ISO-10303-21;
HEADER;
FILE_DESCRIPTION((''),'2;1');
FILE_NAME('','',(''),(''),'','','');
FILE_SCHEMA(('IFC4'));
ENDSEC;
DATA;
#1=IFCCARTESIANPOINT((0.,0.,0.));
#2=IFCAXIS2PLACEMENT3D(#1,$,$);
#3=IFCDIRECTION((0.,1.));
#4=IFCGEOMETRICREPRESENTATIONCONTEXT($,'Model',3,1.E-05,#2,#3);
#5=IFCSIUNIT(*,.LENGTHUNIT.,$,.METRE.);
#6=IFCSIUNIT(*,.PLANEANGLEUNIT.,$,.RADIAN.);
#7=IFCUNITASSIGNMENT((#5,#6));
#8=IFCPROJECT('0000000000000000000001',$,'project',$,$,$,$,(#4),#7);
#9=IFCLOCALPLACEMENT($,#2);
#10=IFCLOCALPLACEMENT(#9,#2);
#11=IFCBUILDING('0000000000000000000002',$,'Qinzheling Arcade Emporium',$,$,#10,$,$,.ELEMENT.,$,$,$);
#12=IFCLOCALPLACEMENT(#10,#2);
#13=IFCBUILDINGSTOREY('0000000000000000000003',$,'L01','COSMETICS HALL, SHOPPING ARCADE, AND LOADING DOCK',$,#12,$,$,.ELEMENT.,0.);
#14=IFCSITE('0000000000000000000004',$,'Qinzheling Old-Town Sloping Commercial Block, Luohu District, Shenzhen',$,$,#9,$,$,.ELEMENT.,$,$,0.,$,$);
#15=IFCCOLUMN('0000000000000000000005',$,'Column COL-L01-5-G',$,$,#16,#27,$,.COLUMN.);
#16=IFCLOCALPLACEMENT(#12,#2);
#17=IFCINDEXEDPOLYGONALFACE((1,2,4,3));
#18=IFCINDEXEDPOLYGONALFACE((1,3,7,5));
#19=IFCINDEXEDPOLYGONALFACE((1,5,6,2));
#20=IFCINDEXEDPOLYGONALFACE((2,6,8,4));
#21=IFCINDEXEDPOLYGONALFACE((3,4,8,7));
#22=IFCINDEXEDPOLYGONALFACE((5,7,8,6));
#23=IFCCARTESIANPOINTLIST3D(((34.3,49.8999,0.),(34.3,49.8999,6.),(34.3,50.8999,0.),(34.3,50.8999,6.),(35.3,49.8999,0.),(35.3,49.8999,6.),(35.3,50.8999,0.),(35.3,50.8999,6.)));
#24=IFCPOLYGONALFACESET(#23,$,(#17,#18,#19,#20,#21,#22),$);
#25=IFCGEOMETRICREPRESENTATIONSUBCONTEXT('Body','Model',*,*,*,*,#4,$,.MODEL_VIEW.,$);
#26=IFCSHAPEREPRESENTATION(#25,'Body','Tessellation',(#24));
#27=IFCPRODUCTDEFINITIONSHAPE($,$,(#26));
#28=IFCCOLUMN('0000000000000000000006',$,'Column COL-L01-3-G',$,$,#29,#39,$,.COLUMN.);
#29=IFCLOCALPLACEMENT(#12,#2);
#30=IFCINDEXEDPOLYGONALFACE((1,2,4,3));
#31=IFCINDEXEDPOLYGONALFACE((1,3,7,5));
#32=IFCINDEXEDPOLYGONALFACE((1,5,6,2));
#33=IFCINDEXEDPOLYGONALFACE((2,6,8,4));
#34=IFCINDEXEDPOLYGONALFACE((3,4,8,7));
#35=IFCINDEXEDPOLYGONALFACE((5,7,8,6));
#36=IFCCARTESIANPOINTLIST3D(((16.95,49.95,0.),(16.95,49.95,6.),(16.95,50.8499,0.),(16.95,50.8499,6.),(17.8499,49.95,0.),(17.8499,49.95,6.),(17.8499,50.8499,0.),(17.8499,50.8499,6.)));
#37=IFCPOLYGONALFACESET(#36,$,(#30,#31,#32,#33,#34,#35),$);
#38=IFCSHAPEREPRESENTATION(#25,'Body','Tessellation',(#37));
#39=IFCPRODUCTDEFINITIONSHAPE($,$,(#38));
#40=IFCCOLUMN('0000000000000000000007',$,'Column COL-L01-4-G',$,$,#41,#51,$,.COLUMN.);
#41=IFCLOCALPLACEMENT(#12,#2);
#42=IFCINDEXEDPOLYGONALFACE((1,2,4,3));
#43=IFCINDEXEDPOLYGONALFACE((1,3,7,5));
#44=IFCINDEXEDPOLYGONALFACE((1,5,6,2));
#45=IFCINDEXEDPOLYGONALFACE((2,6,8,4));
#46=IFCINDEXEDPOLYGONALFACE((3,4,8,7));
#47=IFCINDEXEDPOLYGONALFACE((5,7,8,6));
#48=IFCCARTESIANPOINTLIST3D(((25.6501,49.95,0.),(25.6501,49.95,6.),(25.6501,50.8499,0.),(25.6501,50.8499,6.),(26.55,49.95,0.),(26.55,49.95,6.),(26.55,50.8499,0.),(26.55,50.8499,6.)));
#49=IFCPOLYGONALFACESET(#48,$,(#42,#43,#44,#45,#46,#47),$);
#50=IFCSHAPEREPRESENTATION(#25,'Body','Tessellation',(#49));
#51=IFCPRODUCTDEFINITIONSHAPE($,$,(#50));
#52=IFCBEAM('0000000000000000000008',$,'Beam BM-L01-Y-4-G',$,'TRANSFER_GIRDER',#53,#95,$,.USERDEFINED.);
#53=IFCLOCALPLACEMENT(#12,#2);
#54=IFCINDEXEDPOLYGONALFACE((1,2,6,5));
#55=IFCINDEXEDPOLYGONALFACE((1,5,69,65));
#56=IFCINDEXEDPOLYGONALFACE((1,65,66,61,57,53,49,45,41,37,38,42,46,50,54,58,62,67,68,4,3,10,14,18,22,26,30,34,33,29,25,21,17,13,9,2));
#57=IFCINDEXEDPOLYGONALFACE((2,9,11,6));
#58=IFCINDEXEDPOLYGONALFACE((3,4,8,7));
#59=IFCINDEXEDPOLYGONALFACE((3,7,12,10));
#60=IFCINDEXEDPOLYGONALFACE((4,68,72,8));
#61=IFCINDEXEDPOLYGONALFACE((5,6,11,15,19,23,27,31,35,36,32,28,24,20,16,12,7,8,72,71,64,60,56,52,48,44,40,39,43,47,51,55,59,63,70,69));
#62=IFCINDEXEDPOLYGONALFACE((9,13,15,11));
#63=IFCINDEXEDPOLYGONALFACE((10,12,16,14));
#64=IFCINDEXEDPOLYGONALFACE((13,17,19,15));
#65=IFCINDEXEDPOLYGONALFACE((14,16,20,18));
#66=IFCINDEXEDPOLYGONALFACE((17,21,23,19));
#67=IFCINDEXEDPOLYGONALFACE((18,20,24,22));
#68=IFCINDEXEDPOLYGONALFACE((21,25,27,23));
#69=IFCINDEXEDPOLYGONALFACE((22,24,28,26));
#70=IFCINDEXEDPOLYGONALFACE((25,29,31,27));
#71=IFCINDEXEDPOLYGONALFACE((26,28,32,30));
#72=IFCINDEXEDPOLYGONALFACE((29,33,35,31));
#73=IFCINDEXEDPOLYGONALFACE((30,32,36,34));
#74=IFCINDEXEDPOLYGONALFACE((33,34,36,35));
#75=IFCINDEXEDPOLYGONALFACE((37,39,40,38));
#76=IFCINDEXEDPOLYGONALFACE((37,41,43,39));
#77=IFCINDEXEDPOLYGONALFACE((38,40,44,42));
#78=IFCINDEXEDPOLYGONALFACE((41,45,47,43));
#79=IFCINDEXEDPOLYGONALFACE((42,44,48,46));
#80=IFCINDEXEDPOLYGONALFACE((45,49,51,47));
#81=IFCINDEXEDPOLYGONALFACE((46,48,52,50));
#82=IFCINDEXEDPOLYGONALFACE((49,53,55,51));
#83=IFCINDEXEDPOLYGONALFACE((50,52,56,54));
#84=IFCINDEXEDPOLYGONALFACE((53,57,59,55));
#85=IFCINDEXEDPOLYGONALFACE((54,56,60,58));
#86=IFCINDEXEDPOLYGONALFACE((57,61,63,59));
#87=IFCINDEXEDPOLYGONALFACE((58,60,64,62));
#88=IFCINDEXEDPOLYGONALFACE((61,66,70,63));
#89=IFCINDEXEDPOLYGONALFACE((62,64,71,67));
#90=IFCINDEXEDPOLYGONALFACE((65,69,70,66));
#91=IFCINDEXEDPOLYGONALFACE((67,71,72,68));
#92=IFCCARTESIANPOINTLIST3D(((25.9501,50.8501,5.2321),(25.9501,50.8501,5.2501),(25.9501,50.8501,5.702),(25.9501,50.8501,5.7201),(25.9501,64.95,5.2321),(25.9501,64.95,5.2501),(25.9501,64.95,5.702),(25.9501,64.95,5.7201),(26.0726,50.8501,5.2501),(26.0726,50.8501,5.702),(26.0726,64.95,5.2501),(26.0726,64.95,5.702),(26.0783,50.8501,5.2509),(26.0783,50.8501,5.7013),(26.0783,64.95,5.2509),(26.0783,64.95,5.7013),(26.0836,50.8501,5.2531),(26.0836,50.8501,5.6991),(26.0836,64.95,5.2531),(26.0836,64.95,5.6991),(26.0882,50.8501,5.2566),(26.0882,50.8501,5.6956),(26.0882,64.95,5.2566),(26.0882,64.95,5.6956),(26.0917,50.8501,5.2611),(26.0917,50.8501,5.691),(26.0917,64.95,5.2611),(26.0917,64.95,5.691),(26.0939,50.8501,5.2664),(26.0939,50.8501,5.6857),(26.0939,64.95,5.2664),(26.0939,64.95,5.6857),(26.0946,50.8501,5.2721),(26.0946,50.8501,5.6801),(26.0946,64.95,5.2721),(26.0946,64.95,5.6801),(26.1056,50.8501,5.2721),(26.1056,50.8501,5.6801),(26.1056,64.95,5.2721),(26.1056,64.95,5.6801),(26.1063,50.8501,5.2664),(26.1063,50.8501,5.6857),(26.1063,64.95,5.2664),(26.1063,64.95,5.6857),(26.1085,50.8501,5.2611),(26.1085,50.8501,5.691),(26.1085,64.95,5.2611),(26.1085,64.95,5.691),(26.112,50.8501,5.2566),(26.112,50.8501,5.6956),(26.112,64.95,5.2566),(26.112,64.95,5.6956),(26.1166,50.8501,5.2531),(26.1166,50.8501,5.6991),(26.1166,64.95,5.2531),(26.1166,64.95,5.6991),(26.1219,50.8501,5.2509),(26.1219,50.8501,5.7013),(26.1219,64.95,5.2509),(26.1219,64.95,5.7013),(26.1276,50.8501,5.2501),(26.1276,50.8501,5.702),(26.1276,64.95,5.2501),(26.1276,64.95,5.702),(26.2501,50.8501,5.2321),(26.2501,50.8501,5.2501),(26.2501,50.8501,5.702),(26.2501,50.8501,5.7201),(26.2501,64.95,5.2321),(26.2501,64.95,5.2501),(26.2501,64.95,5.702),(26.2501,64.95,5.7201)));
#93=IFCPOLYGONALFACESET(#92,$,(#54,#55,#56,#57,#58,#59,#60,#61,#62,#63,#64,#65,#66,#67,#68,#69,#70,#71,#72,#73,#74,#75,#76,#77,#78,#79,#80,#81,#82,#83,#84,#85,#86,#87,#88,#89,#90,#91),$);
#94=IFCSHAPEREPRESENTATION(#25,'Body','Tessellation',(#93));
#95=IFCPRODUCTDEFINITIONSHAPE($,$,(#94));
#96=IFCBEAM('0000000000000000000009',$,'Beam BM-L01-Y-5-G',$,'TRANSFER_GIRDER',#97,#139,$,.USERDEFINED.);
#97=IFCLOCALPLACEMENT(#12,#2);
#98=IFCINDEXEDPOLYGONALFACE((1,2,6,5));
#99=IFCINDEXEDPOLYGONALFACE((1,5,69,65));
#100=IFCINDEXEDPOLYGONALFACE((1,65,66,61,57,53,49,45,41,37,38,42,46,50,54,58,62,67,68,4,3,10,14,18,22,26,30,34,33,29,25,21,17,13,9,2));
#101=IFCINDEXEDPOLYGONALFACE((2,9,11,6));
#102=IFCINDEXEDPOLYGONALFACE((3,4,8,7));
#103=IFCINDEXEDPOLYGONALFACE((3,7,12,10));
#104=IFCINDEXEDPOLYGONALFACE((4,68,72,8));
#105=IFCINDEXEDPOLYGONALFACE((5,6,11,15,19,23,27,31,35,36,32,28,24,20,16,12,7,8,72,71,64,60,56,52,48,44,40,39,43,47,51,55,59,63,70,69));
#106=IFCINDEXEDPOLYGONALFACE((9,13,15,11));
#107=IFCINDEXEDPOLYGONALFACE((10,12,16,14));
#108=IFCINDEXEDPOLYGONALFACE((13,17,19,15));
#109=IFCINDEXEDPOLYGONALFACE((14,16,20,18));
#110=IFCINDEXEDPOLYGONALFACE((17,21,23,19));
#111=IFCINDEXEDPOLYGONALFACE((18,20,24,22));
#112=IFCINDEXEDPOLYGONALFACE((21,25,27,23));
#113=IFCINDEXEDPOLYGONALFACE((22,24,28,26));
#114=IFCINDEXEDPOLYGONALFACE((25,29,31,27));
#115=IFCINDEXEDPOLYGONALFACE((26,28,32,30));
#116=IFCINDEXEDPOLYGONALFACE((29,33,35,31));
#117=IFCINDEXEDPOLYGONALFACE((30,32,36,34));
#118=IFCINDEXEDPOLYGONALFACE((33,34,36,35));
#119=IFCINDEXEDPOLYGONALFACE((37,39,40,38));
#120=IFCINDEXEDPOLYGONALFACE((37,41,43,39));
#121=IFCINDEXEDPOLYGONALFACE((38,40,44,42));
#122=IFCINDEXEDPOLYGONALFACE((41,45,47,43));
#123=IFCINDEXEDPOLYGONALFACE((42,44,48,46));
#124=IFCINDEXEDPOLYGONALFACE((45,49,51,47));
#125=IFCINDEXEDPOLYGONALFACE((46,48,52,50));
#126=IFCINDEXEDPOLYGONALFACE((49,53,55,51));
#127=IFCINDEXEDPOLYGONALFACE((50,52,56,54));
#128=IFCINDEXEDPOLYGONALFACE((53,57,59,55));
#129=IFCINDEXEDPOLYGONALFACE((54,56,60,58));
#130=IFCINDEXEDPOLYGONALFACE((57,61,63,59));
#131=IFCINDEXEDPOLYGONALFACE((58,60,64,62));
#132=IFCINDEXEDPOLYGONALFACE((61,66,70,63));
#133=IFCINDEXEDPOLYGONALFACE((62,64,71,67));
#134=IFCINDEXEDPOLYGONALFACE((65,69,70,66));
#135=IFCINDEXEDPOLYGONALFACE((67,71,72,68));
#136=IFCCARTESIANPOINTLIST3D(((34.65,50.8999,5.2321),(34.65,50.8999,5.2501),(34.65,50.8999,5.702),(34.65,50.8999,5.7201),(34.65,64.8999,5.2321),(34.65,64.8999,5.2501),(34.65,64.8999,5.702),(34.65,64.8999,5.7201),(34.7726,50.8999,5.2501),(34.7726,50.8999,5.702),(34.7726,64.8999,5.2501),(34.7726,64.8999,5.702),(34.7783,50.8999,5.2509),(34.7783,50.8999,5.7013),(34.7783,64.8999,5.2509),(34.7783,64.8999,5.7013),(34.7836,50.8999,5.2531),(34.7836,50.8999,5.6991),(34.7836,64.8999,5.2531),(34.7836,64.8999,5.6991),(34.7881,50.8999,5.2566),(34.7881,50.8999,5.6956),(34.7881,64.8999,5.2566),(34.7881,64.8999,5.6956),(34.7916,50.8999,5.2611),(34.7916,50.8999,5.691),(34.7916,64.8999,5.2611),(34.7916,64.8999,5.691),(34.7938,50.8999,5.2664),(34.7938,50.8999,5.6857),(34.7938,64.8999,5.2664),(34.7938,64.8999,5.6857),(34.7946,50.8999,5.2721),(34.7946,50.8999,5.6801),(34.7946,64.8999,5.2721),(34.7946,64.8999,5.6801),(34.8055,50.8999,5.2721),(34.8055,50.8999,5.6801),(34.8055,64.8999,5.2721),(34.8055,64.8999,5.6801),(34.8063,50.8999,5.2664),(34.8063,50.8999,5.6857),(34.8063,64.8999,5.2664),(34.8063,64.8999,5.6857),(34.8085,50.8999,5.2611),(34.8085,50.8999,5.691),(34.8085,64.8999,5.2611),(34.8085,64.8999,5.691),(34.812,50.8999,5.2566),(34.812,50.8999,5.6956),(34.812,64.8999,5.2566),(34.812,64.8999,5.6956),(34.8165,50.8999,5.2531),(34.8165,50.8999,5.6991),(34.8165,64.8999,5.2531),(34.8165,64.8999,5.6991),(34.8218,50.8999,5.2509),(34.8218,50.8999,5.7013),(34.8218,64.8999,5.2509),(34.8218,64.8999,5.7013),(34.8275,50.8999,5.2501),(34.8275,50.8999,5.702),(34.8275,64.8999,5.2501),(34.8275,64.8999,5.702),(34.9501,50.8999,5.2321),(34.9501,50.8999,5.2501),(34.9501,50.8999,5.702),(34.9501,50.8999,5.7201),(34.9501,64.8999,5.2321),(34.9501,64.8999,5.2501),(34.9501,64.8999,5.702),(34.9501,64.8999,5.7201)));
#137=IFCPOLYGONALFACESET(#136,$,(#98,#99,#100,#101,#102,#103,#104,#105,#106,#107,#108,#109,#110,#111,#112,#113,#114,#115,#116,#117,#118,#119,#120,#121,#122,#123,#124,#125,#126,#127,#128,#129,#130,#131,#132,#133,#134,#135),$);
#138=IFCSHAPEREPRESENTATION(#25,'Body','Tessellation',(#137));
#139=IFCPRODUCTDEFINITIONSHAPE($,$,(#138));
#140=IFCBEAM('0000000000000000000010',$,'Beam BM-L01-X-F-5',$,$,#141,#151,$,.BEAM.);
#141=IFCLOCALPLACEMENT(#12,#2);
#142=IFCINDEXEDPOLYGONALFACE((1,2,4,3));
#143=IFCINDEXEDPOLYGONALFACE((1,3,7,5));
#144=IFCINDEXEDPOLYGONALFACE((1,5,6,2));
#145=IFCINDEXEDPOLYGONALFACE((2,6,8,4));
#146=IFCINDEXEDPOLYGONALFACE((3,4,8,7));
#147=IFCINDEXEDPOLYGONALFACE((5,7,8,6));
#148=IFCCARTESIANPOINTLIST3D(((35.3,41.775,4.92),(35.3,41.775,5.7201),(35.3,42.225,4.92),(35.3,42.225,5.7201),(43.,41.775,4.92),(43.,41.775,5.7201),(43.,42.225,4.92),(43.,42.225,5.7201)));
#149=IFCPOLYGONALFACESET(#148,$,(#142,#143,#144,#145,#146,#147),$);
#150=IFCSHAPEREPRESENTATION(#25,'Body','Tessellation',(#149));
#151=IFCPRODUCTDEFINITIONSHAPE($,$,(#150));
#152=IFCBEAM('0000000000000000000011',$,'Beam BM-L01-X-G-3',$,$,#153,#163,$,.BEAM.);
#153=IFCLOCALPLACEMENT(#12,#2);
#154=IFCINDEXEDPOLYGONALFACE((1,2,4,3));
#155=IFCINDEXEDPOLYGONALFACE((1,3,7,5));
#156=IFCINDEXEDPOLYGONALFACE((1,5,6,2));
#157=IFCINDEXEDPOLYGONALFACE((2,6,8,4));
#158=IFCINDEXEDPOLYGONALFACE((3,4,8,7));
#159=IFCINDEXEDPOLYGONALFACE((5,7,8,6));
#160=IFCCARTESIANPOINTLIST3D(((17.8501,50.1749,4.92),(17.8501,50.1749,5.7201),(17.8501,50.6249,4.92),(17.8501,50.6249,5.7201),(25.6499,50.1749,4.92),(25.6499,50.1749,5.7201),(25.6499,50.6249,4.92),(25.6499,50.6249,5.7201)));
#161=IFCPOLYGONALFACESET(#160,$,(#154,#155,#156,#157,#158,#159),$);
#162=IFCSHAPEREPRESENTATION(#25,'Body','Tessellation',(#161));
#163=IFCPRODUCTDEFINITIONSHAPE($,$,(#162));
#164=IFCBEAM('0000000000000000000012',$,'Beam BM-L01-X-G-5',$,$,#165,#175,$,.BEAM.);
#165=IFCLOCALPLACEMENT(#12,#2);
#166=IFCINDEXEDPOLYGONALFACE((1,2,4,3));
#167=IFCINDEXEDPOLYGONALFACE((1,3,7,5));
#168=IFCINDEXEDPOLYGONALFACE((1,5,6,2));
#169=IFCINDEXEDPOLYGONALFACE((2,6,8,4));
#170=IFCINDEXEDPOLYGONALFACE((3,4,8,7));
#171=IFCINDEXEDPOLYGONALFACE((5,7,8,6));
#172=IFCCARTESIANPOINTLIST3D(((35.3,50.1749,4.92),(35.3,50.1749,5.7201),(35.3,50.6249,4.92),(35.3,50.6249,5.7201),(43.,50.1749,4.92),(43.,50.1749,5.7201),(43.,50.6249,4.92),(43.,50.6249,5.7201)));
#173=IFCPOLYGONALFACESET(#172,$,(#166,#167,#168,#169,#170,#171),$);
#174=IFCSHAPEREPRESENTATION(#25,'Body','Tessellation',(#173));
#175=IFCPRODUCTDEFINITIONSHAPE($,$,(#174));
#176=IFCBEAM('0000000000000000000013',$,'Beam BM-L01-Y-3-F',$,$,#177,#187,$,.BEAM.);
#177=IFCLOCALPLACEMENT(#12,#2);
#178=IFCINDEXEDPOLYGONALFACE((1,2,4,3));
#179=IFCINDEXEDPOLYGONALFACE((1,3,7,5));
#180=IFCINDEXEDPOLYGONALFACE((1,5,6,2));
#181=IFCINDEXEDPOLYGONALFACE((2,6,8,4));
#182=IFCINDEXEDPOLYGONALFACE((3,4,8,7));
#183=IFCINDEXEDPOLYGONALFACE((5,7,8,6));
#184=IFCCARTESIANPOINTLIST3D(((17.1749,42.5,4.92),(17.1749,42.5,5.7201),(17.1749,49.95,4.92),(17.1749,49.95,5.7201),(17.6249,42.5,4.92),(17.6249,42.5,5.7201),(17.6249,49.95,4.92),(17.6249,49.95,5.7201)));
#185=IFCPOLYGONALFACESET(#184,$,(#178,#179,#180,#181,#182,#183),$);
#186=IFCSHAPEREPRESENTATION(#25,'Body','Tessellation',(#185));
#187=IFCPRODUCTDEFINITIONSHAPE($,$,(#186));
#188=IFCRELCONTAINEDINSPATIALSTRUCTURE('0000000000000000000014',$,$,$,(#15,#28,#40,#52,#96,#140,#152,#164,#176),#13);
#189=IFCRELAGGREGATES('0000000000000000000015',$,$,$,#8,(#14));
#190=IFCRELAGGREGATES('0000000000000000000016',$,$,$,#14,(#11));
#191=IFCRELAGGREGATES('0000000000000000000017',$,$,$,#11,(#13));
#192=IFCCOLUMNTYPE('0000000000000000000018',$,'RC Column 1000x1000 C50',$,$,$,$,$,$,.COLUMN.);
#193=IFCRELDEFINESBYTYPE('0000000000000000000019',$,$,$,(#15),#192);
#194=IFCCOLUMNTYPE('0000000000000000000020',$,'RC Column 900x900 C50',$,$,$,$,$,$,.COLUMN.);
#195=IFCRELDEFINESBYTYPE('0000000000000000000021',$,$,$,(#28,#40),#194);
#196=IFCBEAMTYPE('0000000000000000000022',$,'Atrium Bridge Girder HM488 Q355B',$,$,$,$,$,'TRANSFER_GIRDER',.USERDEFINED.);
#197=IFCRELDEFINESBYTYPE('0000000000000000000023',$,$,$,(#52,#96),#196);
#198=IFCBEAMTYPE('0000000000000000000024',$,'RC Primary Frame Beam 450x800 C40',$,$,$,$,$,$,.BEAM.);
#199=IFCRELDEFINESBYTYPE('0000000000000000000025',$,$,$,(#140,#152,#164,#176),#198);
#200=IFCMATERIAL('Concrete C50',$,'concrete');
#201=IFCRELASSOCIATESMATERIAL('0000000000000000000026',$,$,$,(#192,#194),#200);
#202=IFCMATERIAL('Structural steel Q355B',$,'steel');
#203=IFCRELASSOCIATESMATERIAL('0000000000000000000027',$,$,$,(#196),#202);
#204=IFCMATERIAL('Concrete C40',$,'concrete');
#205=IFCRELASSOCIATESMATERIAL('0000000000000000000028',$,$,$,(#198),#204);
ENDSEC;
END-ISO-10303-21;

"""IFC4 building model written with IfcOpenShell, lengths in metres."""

from ifc_helpers import new_model, si_unit, direction, frame, origin, origin_2d, place, context, subcontext, project, spatial, rectangle, i_section, extrude, material, material_profile, profile_set, type_object, element, save


model = new_model("IFC4")

# Units and contexts
model_context = context("Model", 3, precision=1e-05, world=origin(), true_north=direction((0.0, 1.0)))
body_context = subcontext(model_context, "Body", "Model", "MODEL_VIEW")
ifc_project = project(units=[si_unit("LENGTHUNIT", "METRE"), si_unit("PLANEANGLEUNIT", "RADIAN")], contexts=[model_context])

# Site, building, storey
site_placement = place(None, origin())
site = spatial("IfcSite", under=ifc_project, at=site_placement, Name="Qinzheling Old-Town Sloping Commercial Block, Luohu District, Shenzhen", CompositionType="ELEMENT", RefElevation=0.0)
building_placement = place(site_placement, origin())
building = spatial("IfcBuilding", under=site, at=building_placement, Name="Qinzheling Arcade Emporium", CompositionType="ELEMENT")
storey_placement = place(building_placement, origin())
storey = spatial("IfcBuildingStorey", under=building, at=storey_placement, Name="L01", Description="COSMETICS HALL, SHOPPING ARCADE, AND LOADING DOCK", CompositionType="ELEMENT", Elevation=0.0)

# Columns
ifc_material_1 = material(Name="Concrete C50", Category="concrete")
ifc_material_profile_1 = material_profile(ifc_material_1, rectangle(XDim=1.0, YDim=1.0, at=origin_2d()), Name="RC 1000x1000", Category="concrete")
ifc_profile_set_1 = profile_set([ifc_material_profile_1], Name="Concrete C50")
column_type_1 = type_object("IfcColumnType", Name="RC Column 1000x1000 C50", PredefinedType="COLUMN", material=ifc_profile_set_1)
column_placement = place(storey_placement, frame((34.8, 50.3999, 0.0), z_axis=(0.0, 0.0, 1.0), x_axis=(1.0, 0.0, 0.0)))
element("IfcColumn", 1, at=column_placement, inside=storey, type_object=column_type_1, Name="Column COL-L01-5-G", PredefinedType="COLUMN", context=body_context, shape_type="SweptSolid", body=[
    extrude(rectangle(XDim=1.0, YDim=1.0, at=origin_2d()), origin(), (0.0, 0.0, 1.0), 6.0),
])
ifc_material_profile_2 = material_profile(ifc_material_1, rectangle(XDim=0.8999, YDim=0.8999, at=origin_2d()), Name="RC 900x900", Category="concrete")
ifc_profile_set_2 = profile_set([ifc_material_profile_2], Name="Concrete C50")
column_type_2 = type_object("IfcColumnType", Name="RC Column 900x900 C50", PredefinedType="COLUMN", material=ifc_profile_set_2)
for number, where, z_axis, x_axis, name in (
    (2, (17.3999, 50.3999, 0.0), (0.0, 0.0, 1.0), (1.0, 0.0, 0.0), "Column COL-L01-3-G"),
    (3, (26.1001, 50.3999, 0.0), (0.0, 0.0, 1.0), (1.0, 0.0, 0.0), "Column COL-L01-4-G"),
):
    element("IfcColumn", number, at=place(storey_placement, frame(where, z_axis=z_axis, x_axis=x_axis)), inside=storey, type_object=column_type_2, Name=name, PredefinedType="COLUMN", context=body_context, shape_type="SweptSolid", body=[
        extrude(rectangle(XDim=0.8999, YDim=0.8999, at=origin_2d()), origin(), (0.0, 0.0, 1.0), 6.0),
    ])

# Beams
ifc_material_2 = material(Name="Structural steel Q355B", Category="steel")
ifc_material_profile_3 = material_profile(ifc_material_2, i_section(OverallWidth=0.3, OverallDepth=0.488, WebThickness=0.011, FlangeThickness=0.0181, FilletRadius=0.022, at=origin_2d()), Name="HM 488x300x11x18", Category="steel")
ifc_profile_set_3 = profile_set([ifc_material_profile_3], Name="Structural steel Q355B")
beam_type_1 = type_object("IfcBeamType", Name="Atrium Bridge Girder HM488 Q355B", ElementType="TRANSFER_GIRDER", PredefinedType="USERDEFINED", material=ifc_profile_set_3)
beam_1_placement = place(storey_placement, frame((26.1001, 50.8501, 5.4761), z_axis=(0.0, 1.0, 0.0), x_axis=(-1.0, 0.0, 0.0)))
element("IfcBeam", 4, at=beam_1_placement, inside=storey, type_object=beam_type_1, Name="Beam BM-L01-Y-4-G", ObjectType="TRANSFER_GIRDER", PredefinedType="USERDEFINED", context=body_context, shape_type="SweptSolid", body=[
    extrude(i_section(OverallWidth=0.3, OverallDepth=0.488, WebThickness=0.011, FlangeThickness=0.0181, FilletRadius=0.022, at=origin_2d()), origin(), (0.0, 0.0, 1.0), 14.0999),
])
beam_2_placement = place(storey_placement, frame((34.8, 50.8999, 5.4761), z_axis=(0.0, 1.0, 0.0), x_axis=(-1.0, 0.0, 0.0)))
element("IfcBeam", 5, at=beam_2_placement, inside=storey, type_object=beam_type_1, Name="Beam BM-L01-Y-5-G", ObjectType="TRANSFER_GIRDER", PredefinedType="USERDEFINED", context=body_context, shape_type="SweptSolid", body=[
    extrude(i_section(OverallWidth=0.3, OverallDepth=0.488, WebThickness=0.011, FlangeThickness=0.0181, FilletRadius=0.022, at=origin_2d()), origin(), (0.0, 0.0, 1.0), 14.0),
])
ifc_material_3 = material(Name="Concrete C40", Category="concrete")
ifc_material_profile_4 = material_profile(ifc_material_3, rectangle(XDim=0.45, YDim=0.8, at=origin_2d()), Name="RC 450x800", Category="concrete")
ifc_profile_set_4 = profile_set([ifc_material_profile_4], Name="Concrete C40")
beam_type_2 = type_object("IfcBeamType", Name="RC Primary Frame Beam 450x800 C40", PredefinedType="BEAM", material=ifc_profile_set_4)
beam_3_placement = place(storey_placement, frame((35.3, 42.0, 5.3201), z_axis=(1.0, 0.0, 0.0), x_axis=(0.0, 1.0, 0.0)))
element("IfcBeam", 6, at=beam_3_placement, inside=storey, type_object=beam_type_2, Name="Beam BM-L01-X-F-5", PredefinedType="BEAM", context=body_context, shape_type="SweptSolid", body=[
    extrude(rectangle(XDim=0.45, YDim=0.8, at=origin_2d()), origin(), (0.0, 0.0, 1.0), 7.7),
])
beam_4_placement = place(storey_placement, frame((17.8501, 50.3999, 5.3201), z_axis=(1.0, 0.0, 0.0), x_axis=(0.0, 1.0, 0.0)))
element("IfcBeam", 7, at=beam_4_placement, inside=storey, type_object=beam_type_2, Name="Beam BM-L01-X-G-3", PredefinedType="BEAM", context=body_context, shape_type="SweptSolid", body=[
    extrude(rectangle(XDim=0.45, YDim=0.8, at=origin_2d()), origin(), (0.0, 0.0, 1.0), 7.7998),
])
beam_5_placement = place(storey_placement, frame((35.3, 50.3999, 5.3201), z_axis=(1.0, 0.0, 0.0), x_axis=(0.0, 1.0, 0.0)))
element("IfcBeam", 8, at=beam_5_placement, inside=storey, type_object=beam_type_2, Name="Beam BM-L01-X-G-5", PredefinedType="BEAM", context=body_context, shape_type="SweptSolid", body=[
    extrude(rectangle(XDim=0.45, YDim=0.8, at=origin_2d()), origin(), (0.0, 0.0, 1.0), 7.7),
])
for number, where, z_axis, x_axis, name in (
    (9, (17.3999, 42.5, 5.3201), (0.0, 1.0, 0.0), (-1.0, 0.0, 0.0), "Beam BM-L01-Y-3-F"),
):
    element("IfcBeam", number, at=place(storey_placement, frame(where, z_axis=z_axis, x_axis=x_axis)), inside=storey, type_object=beam_type_2, Name=name, PredefinedType="BEAM", context=body_context, shape_type="SweptSolid", body=[
        extrude(rectangle(XDim=0.45, YDim=0.8, at=origin_2d()), origin(), (0.0, 0.0, 1.0), 7.45),
    ])

save(model, "model.ifc")
